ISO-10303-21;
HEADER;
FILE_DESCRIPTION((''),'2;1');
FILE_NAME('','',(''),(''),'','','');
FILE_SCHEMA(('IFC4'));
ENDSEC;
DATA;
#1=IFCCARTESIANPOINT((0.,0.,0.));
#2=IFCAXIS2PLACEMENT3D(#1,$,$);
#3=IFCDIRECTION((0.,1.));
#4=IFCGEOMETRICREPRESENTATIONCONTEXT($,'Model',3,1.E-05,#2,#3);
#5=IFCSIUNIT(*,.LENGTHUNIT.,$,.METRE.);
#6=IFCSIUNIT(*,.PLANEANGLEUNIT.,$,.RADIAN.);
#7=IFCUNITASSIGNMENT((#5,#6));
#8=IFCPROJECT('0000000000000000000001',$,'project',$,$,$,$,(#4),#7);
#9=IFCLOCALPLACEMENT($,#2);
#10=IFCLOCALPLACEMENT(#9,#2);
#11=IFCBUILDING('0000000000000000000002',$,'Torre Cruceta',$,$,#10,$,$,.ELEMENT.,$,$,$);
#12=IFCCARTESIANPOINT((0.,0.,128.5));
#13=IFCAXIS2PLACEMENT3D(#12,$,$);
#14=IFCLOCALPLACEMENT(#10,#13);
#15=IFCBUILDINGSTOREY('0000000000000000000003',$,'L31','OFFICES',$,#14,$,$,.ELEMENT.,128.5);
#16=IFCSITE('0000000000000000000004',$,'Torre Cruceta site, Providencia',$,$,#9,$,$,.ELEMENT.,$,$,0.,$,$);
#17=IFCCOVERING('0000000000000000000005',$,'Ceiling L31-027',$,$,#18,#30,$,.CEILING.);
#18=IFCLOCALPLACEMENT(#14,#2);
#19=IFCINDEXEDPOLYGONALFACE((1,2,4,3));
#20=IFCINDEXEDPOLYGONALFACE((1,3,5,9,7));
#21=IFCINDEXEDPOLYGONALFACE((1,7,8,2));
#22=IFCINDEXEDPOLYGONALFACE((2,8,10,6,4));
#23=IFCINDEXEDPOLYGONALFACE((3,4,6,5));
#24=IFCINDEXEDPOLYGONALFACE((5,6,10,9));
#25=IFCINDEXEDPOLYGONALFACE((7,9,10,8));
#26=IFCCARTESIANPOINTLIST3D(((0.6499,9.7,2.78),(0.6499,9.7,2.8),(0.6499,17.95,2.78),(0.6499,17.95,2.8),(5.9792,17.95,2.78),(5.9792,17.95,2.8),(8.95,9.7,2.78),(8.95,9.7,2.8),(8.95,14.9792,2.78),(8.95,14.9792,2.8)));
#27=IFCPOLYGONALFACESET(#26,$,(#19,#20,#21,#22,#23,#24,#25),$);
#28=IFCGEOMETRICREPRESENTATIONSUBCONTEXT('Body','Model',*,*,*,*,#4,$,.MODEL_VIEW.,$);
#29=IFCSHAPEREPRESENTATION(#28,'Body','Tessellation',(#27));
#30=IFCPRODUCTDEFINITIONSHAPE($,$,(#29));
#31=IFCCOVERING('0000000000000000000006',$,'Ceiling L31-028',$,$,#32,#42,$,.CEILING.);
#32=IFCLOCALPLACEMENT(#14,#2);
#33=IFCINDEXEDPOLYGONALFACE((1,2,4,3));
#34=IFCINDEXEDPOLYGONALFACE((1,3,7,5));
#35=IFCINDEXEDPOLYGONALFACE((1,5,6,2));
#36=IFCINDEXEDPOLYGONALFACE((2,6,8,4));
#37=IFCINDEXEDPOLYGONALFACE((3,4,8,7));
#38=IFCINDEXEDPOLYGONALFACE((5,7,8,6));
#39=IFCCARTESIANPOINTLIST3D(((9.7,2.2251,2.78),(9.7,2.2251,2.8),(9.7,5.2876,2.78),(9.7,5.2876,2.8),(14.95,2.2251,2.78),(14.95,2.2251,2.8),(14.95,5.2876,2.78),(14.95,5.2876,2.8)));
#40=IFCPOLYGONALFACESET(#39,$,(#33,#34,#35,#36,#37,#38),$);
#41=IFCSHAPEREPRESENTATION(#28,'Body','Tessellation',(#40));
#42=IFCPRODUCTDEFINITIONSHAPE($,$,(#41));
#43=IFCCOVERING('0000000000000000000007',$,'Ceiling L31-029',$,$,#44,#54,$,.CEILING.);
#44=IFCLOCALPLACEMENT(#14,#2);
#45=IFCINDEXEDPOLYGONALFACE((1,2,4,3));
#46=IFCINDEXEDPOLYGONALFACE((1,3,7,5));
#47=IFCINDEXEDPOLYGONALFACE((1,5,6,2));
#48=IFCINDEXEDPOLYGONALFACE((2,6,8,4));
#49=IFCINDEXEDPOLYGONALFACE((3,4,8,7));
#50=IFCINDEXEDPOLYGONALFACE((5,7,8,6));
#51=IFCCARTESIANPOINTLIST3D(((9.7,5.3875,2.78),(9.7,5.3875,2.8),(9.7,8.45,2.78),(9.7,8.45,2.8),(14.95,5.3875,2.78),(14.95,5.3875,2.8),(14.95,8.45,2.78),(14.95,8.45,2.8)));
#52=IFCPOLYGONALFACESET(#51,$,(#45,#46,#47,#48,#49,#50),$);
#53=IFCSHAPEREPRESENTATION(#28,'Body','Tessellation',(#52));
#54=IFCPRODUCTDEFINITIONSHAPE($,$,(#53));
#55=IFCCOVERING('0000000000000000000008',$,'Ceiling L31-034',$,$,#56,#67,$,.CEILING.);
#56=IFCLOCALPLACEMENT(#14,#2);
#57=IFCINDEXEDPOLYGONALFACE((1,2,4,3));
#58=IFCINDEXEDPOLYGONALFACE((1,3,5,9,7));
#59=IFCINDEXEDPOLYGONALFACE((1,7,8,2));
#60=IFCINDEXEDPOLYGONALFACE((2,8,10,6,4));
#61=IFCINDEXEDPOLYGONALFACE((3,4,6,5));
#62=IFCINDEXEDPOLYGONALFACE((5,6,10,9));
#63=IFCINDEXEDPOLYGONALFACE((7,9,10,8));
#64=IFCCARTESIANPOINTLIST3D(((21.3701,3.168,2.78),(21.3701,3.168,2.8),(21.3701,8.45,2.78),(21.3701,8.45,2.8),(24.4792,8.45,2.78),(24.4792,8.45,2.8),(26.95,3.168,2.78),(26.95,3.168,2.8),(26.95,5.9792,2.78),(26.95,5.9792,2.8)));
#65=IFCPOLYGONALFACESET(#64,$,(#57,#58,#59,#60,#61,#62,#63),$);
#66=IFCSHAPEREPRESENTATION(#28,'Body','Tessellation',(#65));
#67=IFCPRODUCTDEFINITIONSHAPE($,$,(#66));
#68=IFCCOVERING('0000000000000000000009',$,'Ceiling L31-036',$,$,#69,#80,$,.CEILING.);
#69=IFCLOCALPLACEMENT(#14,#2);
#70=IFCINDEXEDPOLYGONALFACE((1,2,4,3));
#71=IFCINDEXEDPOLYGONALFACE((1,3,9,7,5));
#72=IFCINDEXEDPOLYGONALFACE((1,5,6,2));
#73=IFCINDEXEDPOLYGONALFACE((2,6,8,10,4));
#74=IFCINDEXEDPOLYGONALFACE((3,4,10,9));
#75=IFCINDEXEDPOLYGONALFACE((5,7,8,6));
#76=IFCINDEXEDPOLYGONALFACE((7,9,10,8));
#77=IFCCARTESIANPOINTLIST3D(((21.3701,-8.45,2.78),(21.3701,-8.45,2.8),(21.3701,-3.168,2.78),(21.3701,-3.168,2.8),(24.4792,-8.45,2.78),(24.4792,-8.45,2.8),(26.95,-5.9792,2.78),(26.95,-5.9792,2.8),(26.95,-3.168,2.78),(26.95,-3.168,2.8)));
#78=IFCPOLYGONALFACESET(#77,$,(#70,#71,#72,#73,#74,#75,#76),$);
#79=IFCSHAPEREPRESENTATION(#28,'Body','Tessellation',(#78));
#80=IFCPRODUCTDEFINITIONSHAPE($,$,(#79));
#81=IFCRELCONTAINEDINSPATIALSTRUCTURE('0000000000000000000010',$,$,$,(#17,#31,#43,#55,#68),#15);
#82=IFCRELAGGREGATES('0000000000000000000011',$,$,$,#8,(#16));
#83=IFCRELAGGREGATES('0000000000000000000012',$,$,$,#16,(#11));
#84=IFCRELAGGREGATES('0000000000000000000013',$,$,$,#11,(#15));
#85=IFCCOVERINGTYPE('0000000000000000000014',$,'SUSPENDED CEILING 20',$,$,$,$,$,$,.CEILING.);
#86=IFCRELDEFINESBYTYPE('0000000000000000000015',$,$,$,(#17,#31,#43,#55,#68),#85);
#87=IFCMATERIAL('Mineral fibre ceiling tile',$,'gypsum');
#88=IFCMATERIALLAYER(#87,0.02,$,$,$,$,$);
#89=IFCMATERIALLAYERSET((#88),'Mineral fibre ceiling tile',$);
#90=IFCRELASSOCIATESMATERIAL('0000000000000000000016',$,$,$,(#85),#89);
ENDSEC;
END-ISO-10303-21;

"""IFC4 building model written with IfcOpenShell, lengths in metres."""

from ifc_helpers import new_model, si_unit, direction, frame, origin, place, context, subcontext, project, spatial, polyline, outline, extrude, material, layer, layer_set, type_object, element, save


model = new_model("IFC4")

# Units and contexts
model_context = context("Model", 3, precision=1e-05, world=origin(), true_north=direction((0.0, 1.0)))
body_context = subcontext(model_context, "Body", "Model", "MODEL_VIEW")
ifc_project = project(units=[si_unit("LENGTHUNIT", "METRE"), si_unit("PLANEANGLEUNIT", "RADIAN")], contexts=[model_context])

# Site, building, storey
site_placement = place(None, origin())
site = spatial("IfcSite", under=ifc_project, at=site_placement, Name="Torre Cruceta site, Providencia", CompositionType="ELEMENT", RefElevation=0.0)
building_placement = place(site_placement, origin())
building = spatial("IfcBuilding", under=site, at=building_placement, Name="Torre Cruceta", CompositionType="ELEMENT")
storey_placement = place(building_placement, frame((0.0, 0.0, 128.5)))
storey = spatial("IfcBuildingStorey", under=building, at=storey_placement, Name="L31", Description="OFFICES", CompositionType="ELEMENT", Elevation=128.5)

# Coverings
ifc_material_1 = material(Name="Mineral fibre ceiling tile", Category="gypsum")
ifc_layer_1 = layer(ifc_material_1, 0.02)
ifc_layer_set_1 = layer_set([ifc_layer_1], Name="Mineral fibre ceiling tile")
covering_type_1 = type_object("IfcCoveringType", Name="SUSPENDED CEILING 20", PredefinedType="CEILING", material=ifc_layer_set_1)
covering_1_placement = place(storey_placement, frame((0.0, 0.0, 2.78)))
element("IfcCovering", 1, at=covering_1_placement, inside=storey, type_object=covering_type_1, Name="Ceiling L31-027", PredefinedType="CEILING", context=body_context, shape_type="SweptSolid", body=[
    extrude(outline(polyline([(5.9792, 17.95), (8.95, 14.9792), (8.95, 9.7), (0.6499, 9.7), (0.6499, 17.95), (5.9792, 17.95)])), origin(), (0.0, 0.0, 1.0), 0.02),
])
covering_2_placement = place(storey_placement, frame((0.0, 0.0, 2.78)))
element("IfcCovering", 2, at=covering_2_placement, inside=storey, type_object=covering_type_1, Name="Ceiling L31-028", PredefinedType="CEILING", context=body_context, shape_type="SweptSolid", body=[
    extrude(outline(polyline([(9.7, 2.2251), (9.7, 5.2876), (14.95, 5.2876), (14.95, 2.2251), (9.7, 2.2251)])), origin(), (0.0, 0.0, 1.0), 0.02),
])
covering_3_placement = place(storey_placement, frame((0.0, 0.0, 2.78)))
element("IfcCovering", 3, at=covering_3_placement, inside=storey, type_object=covering_type_1, Name="Ceiling L31-029", PredefinedType="CEILING", context=body_context, shape_type="SweptSolid", body=[
    extrude(outline(polyline([(9.7, 5.3875), (9.7, 8.45), (14.95, 8.45), (14.95, 5.3875), (9.7, 5.3875)])), origin(), (0.0, 0.0, 1.0), 0.02),
])
covering_4_placement = place(storey_placement, frame((0.0, 0.0, 2.78)))
element("IfcCovering", 4, at=covering_4_placement, inside=storey, type_object=covering_type_1, Name="Ceiling L31-034", PredefinedType="CEILING", context=body_context, shape_type="SweptSolid", body=[
    extrude(outline(polyline([(26.95, 3.168), (21.3701, 3.168), (21.3701, 8.45), (24.4792, 8.45), (26.95, 5.9792), (26.95, 3.168)])), origin(), (0.0, 0.0, 1.0), 0.02),
])
covering_5_placement = place(storey_placement, frame((0.0, 0.0, 2.78)))
element("IfcCovering", 5, at=covering_5_placement, inside=storey, type_object=covering_type_1, Name="Ceiling L31-036", PredefinedType="CEILING", context=body_context, shape_type="SweptSolid", body=[
    extrude(outline(polyline([(24.4792, -8.45), (21.3701, -8.45), (21.3701, -3.168), (26.95, -3.168), (26.95, -5.9792), (24.4792, -8.45)])), origin(), (0.0, 0.0, 1.0), 0.02),
])

save(model, "model.ifc")
